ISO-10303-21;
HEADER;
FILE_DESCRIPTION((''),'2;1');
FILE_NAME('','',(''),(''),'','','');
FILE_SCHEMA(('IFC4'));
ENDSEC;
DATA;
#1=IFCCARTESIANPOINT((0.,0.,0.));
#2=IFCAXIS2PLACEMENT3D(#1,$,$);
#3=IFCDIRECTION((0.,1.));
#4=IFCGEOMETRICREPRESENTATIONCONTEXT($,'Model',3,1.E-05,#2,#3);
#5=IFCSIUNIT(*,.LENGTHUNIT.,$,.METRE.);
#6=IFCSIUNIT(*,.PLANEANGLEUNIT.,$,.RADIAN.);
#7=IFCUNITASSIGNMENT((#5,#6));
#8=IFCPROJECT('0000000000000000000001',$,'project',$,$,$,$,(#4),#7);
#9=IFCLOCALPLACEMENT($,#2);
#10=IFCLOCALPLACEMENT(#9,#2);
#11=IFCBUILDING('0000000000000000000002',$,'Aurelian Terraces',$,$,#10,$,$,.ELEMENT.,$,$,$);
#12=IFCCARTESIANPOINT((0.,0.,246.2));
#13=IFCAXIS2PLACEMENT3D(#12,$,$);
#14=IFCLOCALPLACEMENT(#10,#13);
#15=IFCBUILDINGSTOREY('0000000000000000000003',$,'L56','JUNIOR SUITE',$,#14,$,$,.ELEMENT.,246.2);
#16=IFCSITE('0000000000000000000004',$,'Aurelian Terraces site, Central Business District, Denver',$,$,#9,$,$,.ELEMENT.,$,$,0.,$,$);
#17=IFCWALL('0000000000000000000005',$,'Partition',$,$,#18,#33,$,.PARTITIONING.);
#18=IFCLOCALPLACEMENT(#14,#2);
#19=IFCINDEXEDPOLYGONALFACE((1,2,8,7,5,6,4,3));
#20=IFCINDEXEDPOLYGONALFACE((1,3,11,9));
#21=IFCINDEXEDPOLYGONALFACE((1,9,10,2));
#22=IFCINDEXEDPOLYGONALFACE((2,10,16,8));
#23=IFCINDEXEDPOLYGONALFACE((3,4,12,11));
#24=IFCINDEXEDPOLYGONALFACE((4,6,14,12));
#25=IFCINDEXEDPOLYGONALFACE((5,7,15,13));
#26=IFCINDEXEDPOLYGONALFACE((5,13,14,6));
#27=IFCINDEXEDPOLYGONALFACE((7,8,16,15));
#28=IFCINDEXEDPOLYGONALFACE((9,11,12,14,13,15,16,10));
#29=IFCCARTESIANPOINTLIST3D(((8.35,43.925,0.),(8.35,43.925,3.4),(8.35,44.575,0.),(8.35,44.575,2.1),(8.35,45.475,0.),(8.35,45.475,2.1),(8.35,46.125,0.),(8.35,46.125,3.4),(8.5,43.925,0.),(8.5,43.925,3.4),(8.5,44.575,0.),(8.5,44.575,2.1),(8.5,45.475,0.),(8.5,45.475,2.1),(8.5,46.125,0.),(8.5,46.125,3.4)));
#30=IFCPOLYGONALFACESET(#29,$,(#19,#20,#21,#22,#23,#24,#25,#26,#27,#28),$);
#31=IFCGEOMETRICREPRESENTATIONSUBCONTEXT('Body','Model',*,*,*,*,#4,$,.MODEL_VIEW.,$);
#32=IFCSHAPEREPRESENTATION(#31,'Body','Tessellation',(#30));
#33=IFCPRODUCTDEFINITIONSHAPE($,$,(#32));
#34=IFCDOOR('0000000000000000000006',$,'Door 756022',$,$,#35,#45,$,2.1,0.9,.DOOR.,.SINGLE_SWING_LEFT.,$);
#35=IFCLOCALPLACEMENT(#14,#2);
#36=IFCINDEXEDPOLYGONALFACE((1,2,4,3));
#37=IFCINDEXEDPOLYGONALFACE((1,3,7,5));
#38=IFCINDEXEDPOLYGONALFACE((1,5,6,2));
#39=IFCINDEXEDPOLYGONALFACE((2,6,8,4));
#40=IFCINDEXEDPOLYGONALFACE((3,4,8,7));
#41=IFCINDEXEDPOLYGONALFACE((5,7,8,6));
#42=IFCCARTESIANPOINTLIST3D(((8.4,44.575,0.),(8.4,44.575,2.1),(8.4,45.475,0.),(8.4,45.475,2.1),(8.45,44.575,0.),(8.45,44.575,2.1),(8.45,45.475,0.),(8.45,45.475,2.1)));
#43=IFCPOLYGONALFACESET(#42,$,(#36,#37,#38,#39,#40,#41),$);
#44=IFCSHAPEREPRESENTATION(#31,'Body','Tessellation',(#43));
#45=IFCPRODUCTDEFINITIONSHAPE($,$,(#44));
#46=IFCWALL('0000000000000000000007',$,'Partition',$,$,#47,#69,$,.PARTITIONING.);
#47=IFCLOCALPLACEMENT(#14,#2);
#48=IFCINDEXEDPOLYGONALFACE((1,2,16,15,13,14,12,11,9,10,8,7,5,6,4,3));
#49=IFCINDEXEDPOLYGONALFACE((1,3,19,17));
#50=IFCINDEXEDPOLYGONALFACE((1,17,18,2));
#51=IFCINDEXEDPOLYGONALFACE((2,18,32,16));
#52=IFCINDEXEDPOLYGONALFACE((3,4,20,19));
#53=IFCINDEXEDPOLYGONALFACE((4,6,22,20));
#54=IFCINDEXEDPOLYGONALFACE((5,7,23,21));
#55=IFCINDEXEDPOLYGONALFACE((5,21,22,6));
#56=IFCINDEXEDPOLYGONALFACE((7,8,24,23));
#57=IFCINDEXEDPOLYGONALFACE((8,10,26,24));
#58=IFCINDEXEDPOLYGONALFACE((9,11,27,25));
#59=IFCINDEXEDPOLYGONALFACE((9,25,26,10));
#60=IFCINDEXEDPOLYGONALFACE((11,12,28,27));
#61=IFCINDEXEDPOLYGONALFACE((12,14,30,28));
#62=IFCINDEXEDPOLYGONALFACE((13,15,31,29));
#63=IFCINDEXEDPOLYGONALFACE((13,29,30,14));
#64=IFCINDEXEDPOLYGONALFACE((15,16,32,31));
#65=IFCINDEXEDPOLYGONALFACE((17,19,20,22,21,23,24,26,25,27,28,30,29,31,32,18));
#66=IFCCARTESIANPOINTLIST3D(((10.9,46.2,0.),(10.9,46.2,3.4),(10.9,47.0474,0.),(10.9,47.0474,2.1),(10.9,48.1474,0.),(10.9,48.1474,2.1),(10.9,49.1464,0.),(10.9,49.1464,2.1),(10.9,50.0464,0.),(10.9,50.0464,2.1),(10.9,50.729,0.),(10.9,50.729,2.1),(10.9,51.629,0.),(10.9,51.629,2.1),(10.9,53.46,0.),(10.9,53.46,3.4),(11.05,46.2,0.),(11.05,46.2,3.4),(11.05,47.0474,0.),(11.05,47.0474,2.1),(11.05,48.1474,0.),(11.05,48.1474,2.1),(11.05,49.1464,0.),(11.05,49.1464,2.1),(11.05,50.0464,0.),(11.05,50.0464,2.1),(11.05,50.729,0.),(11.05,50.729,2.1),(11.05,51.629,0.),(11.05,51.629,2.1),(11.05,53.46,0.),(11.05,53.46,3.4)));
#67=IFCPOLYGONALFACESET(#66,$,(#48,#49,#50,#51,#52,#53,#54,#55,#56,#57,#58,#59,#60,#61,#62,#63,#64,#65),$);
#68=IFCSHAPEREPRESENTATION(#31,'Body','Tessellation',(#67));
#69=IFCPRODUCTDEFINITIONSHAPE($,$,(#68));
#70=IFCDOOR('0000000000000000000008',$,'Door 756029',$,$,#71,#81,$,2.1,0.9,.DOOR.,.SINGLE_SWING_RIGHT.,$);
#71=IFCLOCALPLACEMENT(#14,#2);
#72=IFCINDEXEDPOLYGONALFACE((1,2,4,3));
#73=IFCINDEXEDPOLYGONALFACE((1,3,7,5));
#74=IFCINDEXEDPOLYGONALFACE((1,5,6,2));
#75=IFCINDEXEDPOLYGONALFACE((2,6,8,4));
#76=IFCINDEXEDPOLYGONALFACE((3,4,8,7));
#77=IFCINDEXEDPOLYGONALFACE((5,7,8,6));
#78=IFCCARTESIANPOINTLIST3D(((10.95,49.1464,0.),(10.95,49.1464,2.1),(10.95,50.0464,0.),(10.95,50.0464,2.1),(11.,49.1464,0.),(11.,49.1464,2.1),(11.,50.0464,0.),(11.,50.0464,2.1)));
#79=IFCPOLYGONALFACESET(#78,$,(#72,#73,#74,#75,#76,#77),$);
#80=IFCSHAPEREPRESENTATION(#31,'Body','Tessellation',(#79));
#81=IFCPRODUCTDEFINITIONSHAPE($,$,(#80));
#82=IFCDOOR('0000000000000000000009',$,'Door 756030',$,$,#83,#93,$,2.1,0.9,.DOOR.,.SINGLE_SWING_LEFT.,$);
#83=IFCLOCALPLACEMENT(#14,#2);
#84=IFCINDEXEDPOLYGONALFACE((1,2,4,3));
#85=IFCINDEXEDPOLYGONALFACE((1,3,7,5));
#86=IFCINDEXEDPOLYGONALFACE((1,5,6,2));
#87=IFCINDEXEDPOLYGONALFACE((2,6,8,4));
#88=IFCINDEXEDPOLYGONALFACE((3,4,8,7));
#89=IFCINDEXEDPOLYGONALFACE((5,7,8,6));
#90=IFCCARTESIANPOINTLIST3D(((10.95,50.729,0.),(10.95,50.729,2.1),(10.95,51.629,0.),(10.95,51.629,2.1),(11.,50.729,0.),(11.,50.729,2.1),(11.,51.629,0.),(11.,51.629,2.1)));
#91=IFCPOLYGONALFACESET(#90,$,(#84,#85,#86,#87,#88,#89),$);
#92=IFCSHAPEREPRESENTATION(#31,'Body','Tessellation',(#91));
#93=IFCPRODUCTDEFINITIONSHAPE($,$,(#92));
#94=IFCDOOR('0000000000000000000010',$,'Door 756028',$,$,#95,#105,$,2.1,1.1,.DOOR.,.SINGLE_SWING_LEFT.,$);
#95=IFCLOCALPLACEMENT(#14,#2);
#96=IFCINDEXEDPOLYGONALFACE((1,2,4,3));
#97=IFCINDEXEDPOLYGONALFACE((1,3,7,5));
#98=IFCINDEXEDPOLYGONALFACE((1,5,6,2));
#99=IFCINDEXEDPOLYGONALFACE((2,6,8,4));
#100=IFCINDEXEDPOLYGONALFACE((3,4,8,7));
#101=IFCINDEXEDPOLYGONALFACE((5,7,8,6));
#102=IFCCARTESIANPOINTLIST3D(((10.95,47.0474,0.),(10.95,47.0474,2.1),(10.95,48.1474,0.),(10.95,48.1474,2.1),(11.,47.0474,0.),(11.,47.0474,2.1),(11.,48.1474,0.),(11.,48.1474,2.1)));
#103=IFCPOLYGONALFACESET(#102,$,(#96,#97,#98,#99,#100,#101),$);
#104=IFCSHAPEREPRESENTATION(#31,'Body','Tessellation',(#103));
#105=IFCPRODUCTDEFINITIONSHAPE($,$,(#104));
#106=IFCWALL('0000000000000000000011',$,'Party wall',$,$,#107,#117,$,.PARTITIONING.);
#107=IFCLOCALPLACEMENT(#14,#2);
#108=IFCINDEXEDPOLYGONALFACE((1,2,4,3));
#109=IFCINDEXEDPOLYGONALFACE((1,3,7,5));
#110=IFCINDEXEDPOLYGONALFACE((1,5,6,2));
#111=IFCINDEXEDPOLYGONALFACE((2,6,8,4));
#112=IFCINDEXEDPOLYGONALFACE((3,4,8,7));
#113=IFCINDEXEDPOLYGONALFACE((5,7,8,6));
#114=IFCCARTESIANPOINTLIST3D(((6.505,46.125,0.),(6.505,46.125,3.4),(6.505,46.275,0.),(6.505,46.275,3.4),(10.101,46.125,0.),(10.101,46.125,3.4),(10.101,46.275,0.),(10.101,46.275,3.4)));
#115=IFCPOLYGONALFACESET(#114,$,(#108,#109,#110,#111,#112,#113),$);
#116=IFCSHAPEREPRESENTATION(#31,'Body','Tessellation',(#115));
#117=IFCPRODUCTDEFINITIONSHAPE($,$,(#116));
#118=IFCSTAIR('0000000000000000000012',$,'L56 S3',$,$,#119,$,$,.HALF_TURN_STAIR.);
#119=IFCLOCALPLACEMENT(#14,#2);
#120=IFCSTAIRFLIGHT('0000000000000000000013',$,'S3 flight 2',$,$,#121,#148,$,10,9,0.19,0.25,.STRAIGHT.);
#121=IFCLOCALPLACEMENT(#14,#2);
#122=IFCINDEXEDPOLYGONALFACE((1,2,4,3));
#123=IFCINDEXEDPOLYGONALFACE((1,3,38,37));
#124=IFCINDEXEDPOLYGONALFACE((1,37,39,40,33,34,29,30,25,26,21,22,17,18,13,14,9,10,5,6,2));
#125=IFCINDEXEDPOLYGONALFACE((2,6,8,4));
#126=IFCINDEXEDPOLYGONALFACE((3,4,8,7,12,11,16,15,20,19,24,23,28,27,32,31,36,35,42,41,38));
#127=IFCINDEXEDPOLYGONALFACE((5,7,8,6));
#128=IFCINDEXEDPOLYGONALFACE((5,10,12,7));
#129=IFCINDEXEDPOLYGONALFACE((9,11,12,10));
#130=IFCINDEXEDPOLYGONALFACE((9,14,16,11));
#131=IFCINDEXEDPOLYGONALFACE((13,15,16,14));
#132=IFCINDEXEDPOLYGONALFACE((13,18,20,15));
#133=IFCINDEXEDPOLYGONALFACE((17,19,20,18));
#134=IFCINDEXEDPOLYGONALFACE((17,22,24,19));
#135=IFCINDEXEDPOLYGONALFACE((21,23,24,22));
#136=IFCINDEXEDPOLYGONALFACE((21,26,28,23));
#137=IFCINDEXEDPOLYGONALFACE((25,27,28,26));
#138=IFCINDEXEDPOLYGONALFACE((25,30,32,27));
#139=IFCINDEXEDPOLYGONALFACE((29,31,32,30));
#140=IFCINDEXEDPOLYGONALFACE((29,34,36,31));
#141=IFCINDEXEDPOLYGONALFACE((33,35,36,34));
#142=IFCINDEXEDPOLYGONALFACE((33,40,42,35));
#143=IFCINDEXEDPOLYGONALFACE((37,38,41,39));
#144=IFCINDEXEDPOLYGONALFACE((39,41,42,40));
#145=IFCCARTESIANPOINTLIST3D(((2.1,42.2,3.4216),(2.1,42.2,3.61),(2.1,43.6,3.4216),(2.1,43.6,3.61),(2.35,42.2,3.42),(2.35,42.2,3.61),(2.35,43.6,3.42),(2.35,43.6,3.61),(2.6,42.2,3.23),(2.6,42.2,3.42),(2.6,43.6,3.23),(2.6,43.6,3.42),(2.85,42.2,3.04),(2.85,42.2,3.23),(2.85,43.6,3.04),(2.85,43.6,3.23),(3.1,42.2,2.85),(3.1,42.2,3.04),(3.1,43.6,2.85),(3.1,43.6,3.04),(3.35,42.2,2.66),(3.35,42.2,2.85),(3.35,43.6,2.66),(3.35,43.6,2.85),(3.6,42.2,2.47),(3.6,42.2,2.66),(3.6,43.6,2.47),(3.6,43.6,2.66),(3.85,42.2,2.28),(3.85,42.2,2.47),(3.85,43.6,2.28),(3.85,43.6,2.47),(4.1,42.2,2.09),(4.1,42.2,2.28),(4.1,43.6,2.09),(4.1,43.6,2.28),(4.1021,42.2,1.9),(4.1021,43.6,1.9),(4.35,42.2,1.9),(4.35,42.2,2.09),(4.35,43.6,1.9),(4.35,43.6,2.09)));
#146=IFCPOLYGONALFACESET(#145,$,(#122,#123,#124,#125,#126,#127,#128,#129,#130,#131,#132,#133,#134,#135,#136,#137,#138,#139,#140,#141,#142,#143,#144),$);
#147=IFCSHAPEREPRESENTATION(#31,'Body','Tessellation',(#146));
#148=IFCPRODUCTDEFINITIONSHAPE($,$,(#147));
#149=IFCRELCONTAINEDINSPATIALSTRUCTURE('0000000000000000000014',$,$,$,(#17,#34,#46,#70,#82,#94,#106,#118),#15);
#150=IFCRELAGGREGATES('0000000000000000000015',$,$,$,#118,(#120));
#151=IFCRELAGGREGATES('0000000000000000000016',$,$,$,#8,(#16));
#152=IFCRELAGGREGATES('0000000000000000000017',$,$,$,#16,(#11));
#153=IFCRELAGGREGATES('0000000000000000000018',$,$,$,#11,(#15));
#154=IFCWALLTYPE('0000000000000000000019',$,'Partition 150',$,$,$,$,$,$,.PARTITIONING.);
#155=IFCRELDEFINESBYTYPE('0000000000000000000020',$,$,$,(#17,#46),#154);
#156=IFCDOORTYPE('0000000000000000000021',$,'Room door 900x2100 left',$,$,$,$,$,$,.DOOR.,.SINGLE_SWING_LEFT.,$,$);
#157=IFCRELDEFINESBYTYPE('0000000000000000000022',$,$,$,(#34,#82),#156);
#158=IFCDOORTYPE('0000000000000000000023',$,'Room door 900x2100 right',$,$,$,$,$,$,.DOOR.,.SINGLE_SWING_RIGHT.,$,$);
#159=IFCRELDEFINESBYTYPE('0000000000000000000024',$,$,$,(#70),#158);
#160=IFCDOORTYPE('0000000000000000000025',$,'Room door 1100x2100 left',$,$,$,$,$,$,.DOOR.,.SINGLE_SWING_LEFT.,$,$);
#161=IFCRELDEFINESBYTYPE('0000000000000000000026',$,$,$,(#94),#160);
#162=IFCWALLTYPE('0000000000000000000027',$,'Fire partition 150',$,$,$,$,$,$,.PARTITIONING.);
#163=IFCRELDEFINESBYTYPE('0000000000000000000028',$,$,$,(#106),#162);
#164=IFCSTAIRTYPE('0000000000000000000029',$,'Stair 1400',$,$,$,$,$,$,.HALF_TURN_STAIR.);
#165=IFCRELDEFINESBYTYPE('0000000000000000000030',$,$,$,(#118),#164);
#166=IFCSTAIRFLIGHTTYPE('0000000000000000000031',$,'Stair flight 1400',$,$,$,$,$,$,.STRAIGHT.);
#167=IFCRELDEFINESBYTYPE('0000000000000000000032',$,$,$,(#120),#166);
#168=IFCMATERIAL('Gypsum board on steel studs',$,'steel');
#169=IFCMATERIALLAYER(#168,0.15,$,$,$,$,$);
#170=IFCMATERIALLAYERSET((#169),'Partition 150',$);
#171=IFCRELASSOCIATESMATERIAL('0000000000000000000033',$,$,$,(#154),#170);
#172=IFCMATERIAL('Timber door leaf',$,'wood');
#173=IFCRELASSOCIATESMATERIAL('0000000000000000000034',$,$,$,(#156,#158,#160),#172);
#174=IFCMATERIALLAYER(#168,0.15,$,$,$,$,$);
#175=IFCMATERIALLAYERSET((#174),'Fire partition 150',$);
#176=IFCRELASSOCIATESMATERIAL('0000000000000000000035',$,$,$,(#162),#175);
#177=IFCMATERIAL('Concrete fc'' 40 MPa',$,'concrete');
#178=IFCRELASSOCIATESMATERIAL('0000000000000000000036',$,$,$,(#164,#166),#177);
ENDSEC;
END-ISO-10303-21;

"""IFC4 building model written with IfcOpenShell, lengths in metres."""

from ifc_helpers import new_model, si_unit, direction, frame, frame_2d, origin, place, context, subcontext, project, spatial, polyline, rectangle, outline, extrude, source, transform, mapped, material, layer, layer_set, type_object, element, fill, aggregate, save


model = new_model("IFC4")

# Units and contexts
model_context = context("Model", 3, precision=1e-05, world=origin(), true_north=direction((0.0, 1.0)))
body_context = subcontext(model_context, "Body", "Model", "MODEL_VIEW")
ifc_project = project(units=[si_unit("LENGTHUNIT", "METRE"), si_unit("PLANEANGLEUNIT", "RADIAN")], contexts=[model_context])

# Site, building, storey
site_placement = place(None, origin())
site = spatial("IfcSite", under=ifc_project, at=site_placement, Name="Aurelian Terraces site, Central Business District, Denver", CompositionType="ELEMENT", RefElevation=0.0)
building_placement = place(site_placement, origin())
building = spatial("IfcBuilding", under=site, at=building_placement, Name="Aurelian Terraces", CompositionType="ELEMENT")
storey_placement = place(building_placement, frame((0.0, 0.0, 246.2)))
storey = spatial("IfcBuildingStorey", under=building, at=storey_placement, Name="L56", Description="JUNIOR SUITE", CompositionType="ELEMENT", Elevation=246.2)

# Shared definitions
ifc_material_1 = material(Name="Concrete fc' 40 MPa", Category="concrete")

# Shared definitions
ifc_material_2 = material(Name="Gypsum board on steel studs", Category="steel")
ifc_layer_1 = layer(ifc_material_2, 0.15)
ifc_layer_set_1 = layer_set([ifc_layer_1], Name="Partition 150")
wall_type_1 = type_object("IfcWallType", Name="Partition 150", PredefinedType="PARTITIONING", material=ifc_layer_set_1)

# Wall, opening, door
shared_shape_1 = source(origin(), body_context, "Body", "SweptSolid", [
    extrude(rectangle(XDim=2.2, YDim=0.15, at=frame_2d((1.1, 0.0))), origin(), (0.0, 0.0, 1.0), 3.4),
])
wall_1_placement = place(storey_placement, frame((8.425, 43.925, 0.0), z_axis=(0.0, 0.0, 1.0), x_axis=(0.0, 1.0, 0.0)))
wall_1 = element("IfcWall", 1, at=wall_1_placement, inside=storey, type_object=wall_type_1, Name="Partition", PredefinedType="PARTITIONING", context=body_context, shape_type="MappedRepresentation", body=[
    mapped(shared_shape_1, transform((0.0, 0.0, 0.0), scale=1.0)),
])
shared_shape_2 = source(origin(), body_context, "Body", "SweptSolid", [
    extrude(rectangle(XDim=0.9, YDim=2.1, at=frame_2d((0.45, 1.05))), frame((0.0, 0.085, 0.0), z_axis=(0.0, -1.0, 0.0), x_axis=(1.0, 0.0, 0.0)), (0.0, 0.0, 1.0), 0.17),
])
opening_1_placement = place(wall_1_placement, frame((0.65, 0.0, 0.0)))
opening_1 = element("IfcOpeningElement", 2, at=opening_1_placement, cuts=wall_1, PredefinedType="OPENING", context=body_context, shape_type="MappedRepresentation", body=[
    mapped(shared_shape_2, transform((0.0, 0.0, 0.0), scale=1.0)),
])
ifc_material_3 = material(Name="Timber door leaf", Category="wood")
door_type_1 = type_object("IfcDoorType", Name="Room door 900x2100 left", OperationType="SINGLE_SWING_LEFT", PredefinedType="DOOR", material=ifc_material_3)
shared_shape_3 = source(origin(), body_context, "Body", "SweptSolid", [
    extrude(rectangle(XDim=0.9, YDim=2.1, at=frame_2d((0.45, 1.05))), frame((0.0, 0.025, 0.0), z_axis=(0.0, -1.0, 0.0), x_axis=(1.0, 0.0, 0.0)), (0.0, 0.0, 1.0), 0.05),
])
door_1_placement = place(opening_1_placement, origin())
door_1 = element("IfcDoor", 3, at=door_1_placement, inside=storey, type_object=door_type_1, Name="Door 756022", OperationType="SINGLE_SWING_LEFT", OverallHeight=2.1, OverallWidth=0.9, PredefinedType="DOOR", context=body_context, shape_type="MappedRepresentation", body=[
    mapped(shared_shape_3, transform((0.0, 0.0, 0.0), scale=1.0)),
])
fill(opening_1, door_1)

# Wall, openings, doors
shared_shape_4 = source(origin(), body_context, "Body", "SweptSolid", [
    extrude(rectangle(XDim=7.26, YDim=0.15, at=frame_2d((3.63, 0.0))), origin(), (0.0, 0.0, 1.0), 3.4),
])
wall_2_placement = place(storey_placement, frame((10.975, 46.2, 0.0), z_axis=(0.0, 0.0, 1.0), x_axis=(0.0, 1.0, 0.0)))
wall_2 = element("IfcWall", 4, at=wall_2_placement, inside=storey, type_object=wall_type_1, Name="Partition", PredefinedType="PARTITIONING", context=body_context, shape_type="MappedRepresentation", body=[
    mapped(shared_shape_4, transform((0.0, 0.0, 0.0), scale=1.0)),
])
shared_shape_5 = source(origin(), body_context, "Body", "SweptSolid", [
    extrude(rectangle(XDim=1.1, YDim=2.1, at=frame_2d((0.55, 1.05))), frame((0.0, 0.085, 0.0), z_axis=(0.0, -1.0, 0.0), x_axis=(1.0, 0.0, 0.0)), (0.0, 0.0, 1.0), 0.17),
])
opening_2_placement = place(wall_2_placement, frame((0.8474, 0.0, 0.0)))
opening_2 = element("IfcOpeningElement", 5, at=opening_2_placement, cuts=wall_2, PredefinedType="OPENING", context=body_context, shape_type="MappedRepresentation", body=[
    mapped(shared_shape_5, transform((0.0, 0.0, 0.0), scale=1.0)),
])
opening_3_placement = place(wall_2_placement, frame((2.9464, 0.0, 0.0)))
opening_3 = element("IfcOpeningElement", 6, at=opening_3_placement, cuts=wall_2, PredefinedType="OPENING", context=body_context, shape_type="MappedRepresentation", body=[
    mapped(shared_shape_2, transform((0.0, 0.0, 0.0), scale=1.0)),
])
opening_4_placement = place(wall_2_placement, frame((4.529, 0.0, 0.0)))
opening_4 = element("IfcOpeningElement", 7, at=opening_4_placement, cuts=wall_2, PredefinedType="OPENING", context=body_context, shape_type="MappedRepresentation", body=[
    mapped(shared_shape_2, transform((0.0, 0.0, 0.0), scale=1.0)),
])
door_type_2 = type_object("IfcDoorType", Name="Room door 900x2100 right", OperationType="SINGLE_SWING_RIGHT", PredefinedType="DOOR", material=ifc_material_3)
door_2_placement = place(opening_3_placement, origin())
door_2 = element("IfcDoor", 8, at=door_2_placement, inside=storey, type_object=door_type_2, Name="Door 756029", OperationType="SINGLE_SWING_RIGHT", OverallHeight=2.1, OverallWidth=0.9, PredefinedType="DOOR", context=body_context, shape_type="MappedRepresentation", body=[
    mapped(shared_shape_3, transform((0.0, 0.0, 0.0), scale=1.0)),
])
fill(opening_3, door_2)
door_3_placement = place(opening_4_placement, origin())
door_3 = element("IfcDoor", 9, at=door_3_placement, inside=storey, type_object=door_type_1, Name="Door 756030", OperationType="SINGLE_SWING_LEFT", OverallHeight=2.1, OverallWidth=0.9, PredefinedType="DOOR", context=body_context, shape_type="MappedRepresentation", body=[
    mapped(shared_shape_3, transform((0.0, 0.0, 0.0), scale=1.0)),
])
fill(opening_4, door_3)
door_type_3 = type_object("IfcDoorType", Name="Room door 1100x2100 left", OperationType="SINGLE_SWING_LEFT", PredefinedType="DOOR", material=ifc_material_3)
shared_shape_6 = source(origin(), body_context, "Body", "SweptSolid", [
    extrude(rectangle(XDim=1.1, YDim=2.1, at=frame_2d((0.55, 1.05))), frame((0.0, 0.025, 0.0), z_axis=(0.0, -1.0, 0.0), x_axis=(1.0, 0.0, 0.0)), (0.0, 0.0, 1.0), 0.05),
])
door_4_placement = place(opening_2_placement, origin())
door_4 = element("IfcDoor", 10, at=door_4_placement, inside=storey, type_object=door_type_3, Name="Door 756028", OperationType="SINGLE_SWING_LEFT", OverallHeight=2.1, OverallWidth=1.1, PredefinedType="DOOR", context=body_context, shape_type="MappedRepresentation", body=[
    mapped(shared_shape_6, transform((0.0, 0.0, 0.0), scale=1.0)),
])
fill(opening_2, door_4)

# Wall
ifc_layer_2 = layer(ifc_material_2, 0.15)
ifc_layer_set_2 = layer_set([ifc_layer_2], Name="Fire partition 150")
wall_type_2 = type_object("IfcWallType", Name="Fire partition 150", PredefinedType="PARTITIONING", material=ifc_layer_set_2)
shared_shape_7 = source(origin(), body_context, "Body", "SweptSolid", [
    extrude(rectangle(XDim=3.596, YDim=0.15, at=frame_2d((1.798, 0.0))), origin(), (0.0, 0.0, 1.0), 3.4),
])
wall_3_placement = place(storey_placement, frame((10.101, 46.2, 0.0), z_axis=(0.0, 0.0, 1.0), x_axis=(-1.0, 0.0, 0.0)))
element("IfcWall", 11, at=wall_3_placement, inside=storey, type_object=wall_type_2, Name="Party wall", PredefinedType="PARTITIONING", context=body_context, shape_type="MappedRepresentation", body=[
    mapped(shared_shape_7, transform((0.0, 0.0, 0.0), scale=1.0)),
])

# Stair, stair flight
stair_type = type_object("IfcStairType", Name="Stair 1400", PredefinedType="HALF_TURN_STAIR", material=ifc_material_1)
stair_placement = place(storey_placement, origin())
stair = element("IfcStair", 12, at=stair_placement, inside=storey, type_object=stair_type, Name="L56 S3", PredefinedType="HALF_TURN_STAIR")
stair_flight_type = type_object("IfcStairFlightType", Name="Stair flight 1400", PredefinedType="STRAIGHT", material=ifc_material_1)
shared_shape_8 = source(origin(), body_context, "Body", "SweptSolid", [
    extrude(outline(polyline([(0.0, 0.0), (0.0, 0.19), (0.25, 0.19), (0.25, 0.38), (0.5, 0.38), (0.5, 0.57), (0.75, 0.57), (0.75, 0.76), (1.0, 0.76), (1.0, 0.95), (1.25, 0.95), (1.25, 1.14), (1.5, 1.14), (1.5, 1.33), (1.75, 1.33), (1.75, 1.52), (2.0, 1.52), (2.0, 1.71), (2.25, 1.71), (2.25, 1.9), (2.25, 1.5216), (0.2479, 0.0), (0.0, 0.0)])), frame((0.0, 0.7, 0.0), z_axis=(0.0, -1.0, 0.0), x_axis=(1.0, 0.0, 0.0)), (0.0, 0.0, 1.0), 1.4),
])
stair_flight_placement = place(storey_placement, frame((4.35, 42.9, 1.9), z_axis=(0.0, 0.0, 1.0), x_axis=(-1.0, 0.0, 0.0)))
stair_flight = element("IfcStairFlight", 13, at=stair_flight_placement, type_object=stair_flight_type, Name="S3 flight 2", NumberOfRisers=10, NumberOfTreads=9, PredefinedType="STRAIGHT", RiserHeight=0.19, TreadLength=0.25, context=body_context, shape_type="MappedRepresentation", body=[
    mapped(shared_shape_8, transform((0.0, 0.0, 0.0), scale=1.0)),
])
aggregate(stair, [stair_flight])

save(model, "model.ifc")
